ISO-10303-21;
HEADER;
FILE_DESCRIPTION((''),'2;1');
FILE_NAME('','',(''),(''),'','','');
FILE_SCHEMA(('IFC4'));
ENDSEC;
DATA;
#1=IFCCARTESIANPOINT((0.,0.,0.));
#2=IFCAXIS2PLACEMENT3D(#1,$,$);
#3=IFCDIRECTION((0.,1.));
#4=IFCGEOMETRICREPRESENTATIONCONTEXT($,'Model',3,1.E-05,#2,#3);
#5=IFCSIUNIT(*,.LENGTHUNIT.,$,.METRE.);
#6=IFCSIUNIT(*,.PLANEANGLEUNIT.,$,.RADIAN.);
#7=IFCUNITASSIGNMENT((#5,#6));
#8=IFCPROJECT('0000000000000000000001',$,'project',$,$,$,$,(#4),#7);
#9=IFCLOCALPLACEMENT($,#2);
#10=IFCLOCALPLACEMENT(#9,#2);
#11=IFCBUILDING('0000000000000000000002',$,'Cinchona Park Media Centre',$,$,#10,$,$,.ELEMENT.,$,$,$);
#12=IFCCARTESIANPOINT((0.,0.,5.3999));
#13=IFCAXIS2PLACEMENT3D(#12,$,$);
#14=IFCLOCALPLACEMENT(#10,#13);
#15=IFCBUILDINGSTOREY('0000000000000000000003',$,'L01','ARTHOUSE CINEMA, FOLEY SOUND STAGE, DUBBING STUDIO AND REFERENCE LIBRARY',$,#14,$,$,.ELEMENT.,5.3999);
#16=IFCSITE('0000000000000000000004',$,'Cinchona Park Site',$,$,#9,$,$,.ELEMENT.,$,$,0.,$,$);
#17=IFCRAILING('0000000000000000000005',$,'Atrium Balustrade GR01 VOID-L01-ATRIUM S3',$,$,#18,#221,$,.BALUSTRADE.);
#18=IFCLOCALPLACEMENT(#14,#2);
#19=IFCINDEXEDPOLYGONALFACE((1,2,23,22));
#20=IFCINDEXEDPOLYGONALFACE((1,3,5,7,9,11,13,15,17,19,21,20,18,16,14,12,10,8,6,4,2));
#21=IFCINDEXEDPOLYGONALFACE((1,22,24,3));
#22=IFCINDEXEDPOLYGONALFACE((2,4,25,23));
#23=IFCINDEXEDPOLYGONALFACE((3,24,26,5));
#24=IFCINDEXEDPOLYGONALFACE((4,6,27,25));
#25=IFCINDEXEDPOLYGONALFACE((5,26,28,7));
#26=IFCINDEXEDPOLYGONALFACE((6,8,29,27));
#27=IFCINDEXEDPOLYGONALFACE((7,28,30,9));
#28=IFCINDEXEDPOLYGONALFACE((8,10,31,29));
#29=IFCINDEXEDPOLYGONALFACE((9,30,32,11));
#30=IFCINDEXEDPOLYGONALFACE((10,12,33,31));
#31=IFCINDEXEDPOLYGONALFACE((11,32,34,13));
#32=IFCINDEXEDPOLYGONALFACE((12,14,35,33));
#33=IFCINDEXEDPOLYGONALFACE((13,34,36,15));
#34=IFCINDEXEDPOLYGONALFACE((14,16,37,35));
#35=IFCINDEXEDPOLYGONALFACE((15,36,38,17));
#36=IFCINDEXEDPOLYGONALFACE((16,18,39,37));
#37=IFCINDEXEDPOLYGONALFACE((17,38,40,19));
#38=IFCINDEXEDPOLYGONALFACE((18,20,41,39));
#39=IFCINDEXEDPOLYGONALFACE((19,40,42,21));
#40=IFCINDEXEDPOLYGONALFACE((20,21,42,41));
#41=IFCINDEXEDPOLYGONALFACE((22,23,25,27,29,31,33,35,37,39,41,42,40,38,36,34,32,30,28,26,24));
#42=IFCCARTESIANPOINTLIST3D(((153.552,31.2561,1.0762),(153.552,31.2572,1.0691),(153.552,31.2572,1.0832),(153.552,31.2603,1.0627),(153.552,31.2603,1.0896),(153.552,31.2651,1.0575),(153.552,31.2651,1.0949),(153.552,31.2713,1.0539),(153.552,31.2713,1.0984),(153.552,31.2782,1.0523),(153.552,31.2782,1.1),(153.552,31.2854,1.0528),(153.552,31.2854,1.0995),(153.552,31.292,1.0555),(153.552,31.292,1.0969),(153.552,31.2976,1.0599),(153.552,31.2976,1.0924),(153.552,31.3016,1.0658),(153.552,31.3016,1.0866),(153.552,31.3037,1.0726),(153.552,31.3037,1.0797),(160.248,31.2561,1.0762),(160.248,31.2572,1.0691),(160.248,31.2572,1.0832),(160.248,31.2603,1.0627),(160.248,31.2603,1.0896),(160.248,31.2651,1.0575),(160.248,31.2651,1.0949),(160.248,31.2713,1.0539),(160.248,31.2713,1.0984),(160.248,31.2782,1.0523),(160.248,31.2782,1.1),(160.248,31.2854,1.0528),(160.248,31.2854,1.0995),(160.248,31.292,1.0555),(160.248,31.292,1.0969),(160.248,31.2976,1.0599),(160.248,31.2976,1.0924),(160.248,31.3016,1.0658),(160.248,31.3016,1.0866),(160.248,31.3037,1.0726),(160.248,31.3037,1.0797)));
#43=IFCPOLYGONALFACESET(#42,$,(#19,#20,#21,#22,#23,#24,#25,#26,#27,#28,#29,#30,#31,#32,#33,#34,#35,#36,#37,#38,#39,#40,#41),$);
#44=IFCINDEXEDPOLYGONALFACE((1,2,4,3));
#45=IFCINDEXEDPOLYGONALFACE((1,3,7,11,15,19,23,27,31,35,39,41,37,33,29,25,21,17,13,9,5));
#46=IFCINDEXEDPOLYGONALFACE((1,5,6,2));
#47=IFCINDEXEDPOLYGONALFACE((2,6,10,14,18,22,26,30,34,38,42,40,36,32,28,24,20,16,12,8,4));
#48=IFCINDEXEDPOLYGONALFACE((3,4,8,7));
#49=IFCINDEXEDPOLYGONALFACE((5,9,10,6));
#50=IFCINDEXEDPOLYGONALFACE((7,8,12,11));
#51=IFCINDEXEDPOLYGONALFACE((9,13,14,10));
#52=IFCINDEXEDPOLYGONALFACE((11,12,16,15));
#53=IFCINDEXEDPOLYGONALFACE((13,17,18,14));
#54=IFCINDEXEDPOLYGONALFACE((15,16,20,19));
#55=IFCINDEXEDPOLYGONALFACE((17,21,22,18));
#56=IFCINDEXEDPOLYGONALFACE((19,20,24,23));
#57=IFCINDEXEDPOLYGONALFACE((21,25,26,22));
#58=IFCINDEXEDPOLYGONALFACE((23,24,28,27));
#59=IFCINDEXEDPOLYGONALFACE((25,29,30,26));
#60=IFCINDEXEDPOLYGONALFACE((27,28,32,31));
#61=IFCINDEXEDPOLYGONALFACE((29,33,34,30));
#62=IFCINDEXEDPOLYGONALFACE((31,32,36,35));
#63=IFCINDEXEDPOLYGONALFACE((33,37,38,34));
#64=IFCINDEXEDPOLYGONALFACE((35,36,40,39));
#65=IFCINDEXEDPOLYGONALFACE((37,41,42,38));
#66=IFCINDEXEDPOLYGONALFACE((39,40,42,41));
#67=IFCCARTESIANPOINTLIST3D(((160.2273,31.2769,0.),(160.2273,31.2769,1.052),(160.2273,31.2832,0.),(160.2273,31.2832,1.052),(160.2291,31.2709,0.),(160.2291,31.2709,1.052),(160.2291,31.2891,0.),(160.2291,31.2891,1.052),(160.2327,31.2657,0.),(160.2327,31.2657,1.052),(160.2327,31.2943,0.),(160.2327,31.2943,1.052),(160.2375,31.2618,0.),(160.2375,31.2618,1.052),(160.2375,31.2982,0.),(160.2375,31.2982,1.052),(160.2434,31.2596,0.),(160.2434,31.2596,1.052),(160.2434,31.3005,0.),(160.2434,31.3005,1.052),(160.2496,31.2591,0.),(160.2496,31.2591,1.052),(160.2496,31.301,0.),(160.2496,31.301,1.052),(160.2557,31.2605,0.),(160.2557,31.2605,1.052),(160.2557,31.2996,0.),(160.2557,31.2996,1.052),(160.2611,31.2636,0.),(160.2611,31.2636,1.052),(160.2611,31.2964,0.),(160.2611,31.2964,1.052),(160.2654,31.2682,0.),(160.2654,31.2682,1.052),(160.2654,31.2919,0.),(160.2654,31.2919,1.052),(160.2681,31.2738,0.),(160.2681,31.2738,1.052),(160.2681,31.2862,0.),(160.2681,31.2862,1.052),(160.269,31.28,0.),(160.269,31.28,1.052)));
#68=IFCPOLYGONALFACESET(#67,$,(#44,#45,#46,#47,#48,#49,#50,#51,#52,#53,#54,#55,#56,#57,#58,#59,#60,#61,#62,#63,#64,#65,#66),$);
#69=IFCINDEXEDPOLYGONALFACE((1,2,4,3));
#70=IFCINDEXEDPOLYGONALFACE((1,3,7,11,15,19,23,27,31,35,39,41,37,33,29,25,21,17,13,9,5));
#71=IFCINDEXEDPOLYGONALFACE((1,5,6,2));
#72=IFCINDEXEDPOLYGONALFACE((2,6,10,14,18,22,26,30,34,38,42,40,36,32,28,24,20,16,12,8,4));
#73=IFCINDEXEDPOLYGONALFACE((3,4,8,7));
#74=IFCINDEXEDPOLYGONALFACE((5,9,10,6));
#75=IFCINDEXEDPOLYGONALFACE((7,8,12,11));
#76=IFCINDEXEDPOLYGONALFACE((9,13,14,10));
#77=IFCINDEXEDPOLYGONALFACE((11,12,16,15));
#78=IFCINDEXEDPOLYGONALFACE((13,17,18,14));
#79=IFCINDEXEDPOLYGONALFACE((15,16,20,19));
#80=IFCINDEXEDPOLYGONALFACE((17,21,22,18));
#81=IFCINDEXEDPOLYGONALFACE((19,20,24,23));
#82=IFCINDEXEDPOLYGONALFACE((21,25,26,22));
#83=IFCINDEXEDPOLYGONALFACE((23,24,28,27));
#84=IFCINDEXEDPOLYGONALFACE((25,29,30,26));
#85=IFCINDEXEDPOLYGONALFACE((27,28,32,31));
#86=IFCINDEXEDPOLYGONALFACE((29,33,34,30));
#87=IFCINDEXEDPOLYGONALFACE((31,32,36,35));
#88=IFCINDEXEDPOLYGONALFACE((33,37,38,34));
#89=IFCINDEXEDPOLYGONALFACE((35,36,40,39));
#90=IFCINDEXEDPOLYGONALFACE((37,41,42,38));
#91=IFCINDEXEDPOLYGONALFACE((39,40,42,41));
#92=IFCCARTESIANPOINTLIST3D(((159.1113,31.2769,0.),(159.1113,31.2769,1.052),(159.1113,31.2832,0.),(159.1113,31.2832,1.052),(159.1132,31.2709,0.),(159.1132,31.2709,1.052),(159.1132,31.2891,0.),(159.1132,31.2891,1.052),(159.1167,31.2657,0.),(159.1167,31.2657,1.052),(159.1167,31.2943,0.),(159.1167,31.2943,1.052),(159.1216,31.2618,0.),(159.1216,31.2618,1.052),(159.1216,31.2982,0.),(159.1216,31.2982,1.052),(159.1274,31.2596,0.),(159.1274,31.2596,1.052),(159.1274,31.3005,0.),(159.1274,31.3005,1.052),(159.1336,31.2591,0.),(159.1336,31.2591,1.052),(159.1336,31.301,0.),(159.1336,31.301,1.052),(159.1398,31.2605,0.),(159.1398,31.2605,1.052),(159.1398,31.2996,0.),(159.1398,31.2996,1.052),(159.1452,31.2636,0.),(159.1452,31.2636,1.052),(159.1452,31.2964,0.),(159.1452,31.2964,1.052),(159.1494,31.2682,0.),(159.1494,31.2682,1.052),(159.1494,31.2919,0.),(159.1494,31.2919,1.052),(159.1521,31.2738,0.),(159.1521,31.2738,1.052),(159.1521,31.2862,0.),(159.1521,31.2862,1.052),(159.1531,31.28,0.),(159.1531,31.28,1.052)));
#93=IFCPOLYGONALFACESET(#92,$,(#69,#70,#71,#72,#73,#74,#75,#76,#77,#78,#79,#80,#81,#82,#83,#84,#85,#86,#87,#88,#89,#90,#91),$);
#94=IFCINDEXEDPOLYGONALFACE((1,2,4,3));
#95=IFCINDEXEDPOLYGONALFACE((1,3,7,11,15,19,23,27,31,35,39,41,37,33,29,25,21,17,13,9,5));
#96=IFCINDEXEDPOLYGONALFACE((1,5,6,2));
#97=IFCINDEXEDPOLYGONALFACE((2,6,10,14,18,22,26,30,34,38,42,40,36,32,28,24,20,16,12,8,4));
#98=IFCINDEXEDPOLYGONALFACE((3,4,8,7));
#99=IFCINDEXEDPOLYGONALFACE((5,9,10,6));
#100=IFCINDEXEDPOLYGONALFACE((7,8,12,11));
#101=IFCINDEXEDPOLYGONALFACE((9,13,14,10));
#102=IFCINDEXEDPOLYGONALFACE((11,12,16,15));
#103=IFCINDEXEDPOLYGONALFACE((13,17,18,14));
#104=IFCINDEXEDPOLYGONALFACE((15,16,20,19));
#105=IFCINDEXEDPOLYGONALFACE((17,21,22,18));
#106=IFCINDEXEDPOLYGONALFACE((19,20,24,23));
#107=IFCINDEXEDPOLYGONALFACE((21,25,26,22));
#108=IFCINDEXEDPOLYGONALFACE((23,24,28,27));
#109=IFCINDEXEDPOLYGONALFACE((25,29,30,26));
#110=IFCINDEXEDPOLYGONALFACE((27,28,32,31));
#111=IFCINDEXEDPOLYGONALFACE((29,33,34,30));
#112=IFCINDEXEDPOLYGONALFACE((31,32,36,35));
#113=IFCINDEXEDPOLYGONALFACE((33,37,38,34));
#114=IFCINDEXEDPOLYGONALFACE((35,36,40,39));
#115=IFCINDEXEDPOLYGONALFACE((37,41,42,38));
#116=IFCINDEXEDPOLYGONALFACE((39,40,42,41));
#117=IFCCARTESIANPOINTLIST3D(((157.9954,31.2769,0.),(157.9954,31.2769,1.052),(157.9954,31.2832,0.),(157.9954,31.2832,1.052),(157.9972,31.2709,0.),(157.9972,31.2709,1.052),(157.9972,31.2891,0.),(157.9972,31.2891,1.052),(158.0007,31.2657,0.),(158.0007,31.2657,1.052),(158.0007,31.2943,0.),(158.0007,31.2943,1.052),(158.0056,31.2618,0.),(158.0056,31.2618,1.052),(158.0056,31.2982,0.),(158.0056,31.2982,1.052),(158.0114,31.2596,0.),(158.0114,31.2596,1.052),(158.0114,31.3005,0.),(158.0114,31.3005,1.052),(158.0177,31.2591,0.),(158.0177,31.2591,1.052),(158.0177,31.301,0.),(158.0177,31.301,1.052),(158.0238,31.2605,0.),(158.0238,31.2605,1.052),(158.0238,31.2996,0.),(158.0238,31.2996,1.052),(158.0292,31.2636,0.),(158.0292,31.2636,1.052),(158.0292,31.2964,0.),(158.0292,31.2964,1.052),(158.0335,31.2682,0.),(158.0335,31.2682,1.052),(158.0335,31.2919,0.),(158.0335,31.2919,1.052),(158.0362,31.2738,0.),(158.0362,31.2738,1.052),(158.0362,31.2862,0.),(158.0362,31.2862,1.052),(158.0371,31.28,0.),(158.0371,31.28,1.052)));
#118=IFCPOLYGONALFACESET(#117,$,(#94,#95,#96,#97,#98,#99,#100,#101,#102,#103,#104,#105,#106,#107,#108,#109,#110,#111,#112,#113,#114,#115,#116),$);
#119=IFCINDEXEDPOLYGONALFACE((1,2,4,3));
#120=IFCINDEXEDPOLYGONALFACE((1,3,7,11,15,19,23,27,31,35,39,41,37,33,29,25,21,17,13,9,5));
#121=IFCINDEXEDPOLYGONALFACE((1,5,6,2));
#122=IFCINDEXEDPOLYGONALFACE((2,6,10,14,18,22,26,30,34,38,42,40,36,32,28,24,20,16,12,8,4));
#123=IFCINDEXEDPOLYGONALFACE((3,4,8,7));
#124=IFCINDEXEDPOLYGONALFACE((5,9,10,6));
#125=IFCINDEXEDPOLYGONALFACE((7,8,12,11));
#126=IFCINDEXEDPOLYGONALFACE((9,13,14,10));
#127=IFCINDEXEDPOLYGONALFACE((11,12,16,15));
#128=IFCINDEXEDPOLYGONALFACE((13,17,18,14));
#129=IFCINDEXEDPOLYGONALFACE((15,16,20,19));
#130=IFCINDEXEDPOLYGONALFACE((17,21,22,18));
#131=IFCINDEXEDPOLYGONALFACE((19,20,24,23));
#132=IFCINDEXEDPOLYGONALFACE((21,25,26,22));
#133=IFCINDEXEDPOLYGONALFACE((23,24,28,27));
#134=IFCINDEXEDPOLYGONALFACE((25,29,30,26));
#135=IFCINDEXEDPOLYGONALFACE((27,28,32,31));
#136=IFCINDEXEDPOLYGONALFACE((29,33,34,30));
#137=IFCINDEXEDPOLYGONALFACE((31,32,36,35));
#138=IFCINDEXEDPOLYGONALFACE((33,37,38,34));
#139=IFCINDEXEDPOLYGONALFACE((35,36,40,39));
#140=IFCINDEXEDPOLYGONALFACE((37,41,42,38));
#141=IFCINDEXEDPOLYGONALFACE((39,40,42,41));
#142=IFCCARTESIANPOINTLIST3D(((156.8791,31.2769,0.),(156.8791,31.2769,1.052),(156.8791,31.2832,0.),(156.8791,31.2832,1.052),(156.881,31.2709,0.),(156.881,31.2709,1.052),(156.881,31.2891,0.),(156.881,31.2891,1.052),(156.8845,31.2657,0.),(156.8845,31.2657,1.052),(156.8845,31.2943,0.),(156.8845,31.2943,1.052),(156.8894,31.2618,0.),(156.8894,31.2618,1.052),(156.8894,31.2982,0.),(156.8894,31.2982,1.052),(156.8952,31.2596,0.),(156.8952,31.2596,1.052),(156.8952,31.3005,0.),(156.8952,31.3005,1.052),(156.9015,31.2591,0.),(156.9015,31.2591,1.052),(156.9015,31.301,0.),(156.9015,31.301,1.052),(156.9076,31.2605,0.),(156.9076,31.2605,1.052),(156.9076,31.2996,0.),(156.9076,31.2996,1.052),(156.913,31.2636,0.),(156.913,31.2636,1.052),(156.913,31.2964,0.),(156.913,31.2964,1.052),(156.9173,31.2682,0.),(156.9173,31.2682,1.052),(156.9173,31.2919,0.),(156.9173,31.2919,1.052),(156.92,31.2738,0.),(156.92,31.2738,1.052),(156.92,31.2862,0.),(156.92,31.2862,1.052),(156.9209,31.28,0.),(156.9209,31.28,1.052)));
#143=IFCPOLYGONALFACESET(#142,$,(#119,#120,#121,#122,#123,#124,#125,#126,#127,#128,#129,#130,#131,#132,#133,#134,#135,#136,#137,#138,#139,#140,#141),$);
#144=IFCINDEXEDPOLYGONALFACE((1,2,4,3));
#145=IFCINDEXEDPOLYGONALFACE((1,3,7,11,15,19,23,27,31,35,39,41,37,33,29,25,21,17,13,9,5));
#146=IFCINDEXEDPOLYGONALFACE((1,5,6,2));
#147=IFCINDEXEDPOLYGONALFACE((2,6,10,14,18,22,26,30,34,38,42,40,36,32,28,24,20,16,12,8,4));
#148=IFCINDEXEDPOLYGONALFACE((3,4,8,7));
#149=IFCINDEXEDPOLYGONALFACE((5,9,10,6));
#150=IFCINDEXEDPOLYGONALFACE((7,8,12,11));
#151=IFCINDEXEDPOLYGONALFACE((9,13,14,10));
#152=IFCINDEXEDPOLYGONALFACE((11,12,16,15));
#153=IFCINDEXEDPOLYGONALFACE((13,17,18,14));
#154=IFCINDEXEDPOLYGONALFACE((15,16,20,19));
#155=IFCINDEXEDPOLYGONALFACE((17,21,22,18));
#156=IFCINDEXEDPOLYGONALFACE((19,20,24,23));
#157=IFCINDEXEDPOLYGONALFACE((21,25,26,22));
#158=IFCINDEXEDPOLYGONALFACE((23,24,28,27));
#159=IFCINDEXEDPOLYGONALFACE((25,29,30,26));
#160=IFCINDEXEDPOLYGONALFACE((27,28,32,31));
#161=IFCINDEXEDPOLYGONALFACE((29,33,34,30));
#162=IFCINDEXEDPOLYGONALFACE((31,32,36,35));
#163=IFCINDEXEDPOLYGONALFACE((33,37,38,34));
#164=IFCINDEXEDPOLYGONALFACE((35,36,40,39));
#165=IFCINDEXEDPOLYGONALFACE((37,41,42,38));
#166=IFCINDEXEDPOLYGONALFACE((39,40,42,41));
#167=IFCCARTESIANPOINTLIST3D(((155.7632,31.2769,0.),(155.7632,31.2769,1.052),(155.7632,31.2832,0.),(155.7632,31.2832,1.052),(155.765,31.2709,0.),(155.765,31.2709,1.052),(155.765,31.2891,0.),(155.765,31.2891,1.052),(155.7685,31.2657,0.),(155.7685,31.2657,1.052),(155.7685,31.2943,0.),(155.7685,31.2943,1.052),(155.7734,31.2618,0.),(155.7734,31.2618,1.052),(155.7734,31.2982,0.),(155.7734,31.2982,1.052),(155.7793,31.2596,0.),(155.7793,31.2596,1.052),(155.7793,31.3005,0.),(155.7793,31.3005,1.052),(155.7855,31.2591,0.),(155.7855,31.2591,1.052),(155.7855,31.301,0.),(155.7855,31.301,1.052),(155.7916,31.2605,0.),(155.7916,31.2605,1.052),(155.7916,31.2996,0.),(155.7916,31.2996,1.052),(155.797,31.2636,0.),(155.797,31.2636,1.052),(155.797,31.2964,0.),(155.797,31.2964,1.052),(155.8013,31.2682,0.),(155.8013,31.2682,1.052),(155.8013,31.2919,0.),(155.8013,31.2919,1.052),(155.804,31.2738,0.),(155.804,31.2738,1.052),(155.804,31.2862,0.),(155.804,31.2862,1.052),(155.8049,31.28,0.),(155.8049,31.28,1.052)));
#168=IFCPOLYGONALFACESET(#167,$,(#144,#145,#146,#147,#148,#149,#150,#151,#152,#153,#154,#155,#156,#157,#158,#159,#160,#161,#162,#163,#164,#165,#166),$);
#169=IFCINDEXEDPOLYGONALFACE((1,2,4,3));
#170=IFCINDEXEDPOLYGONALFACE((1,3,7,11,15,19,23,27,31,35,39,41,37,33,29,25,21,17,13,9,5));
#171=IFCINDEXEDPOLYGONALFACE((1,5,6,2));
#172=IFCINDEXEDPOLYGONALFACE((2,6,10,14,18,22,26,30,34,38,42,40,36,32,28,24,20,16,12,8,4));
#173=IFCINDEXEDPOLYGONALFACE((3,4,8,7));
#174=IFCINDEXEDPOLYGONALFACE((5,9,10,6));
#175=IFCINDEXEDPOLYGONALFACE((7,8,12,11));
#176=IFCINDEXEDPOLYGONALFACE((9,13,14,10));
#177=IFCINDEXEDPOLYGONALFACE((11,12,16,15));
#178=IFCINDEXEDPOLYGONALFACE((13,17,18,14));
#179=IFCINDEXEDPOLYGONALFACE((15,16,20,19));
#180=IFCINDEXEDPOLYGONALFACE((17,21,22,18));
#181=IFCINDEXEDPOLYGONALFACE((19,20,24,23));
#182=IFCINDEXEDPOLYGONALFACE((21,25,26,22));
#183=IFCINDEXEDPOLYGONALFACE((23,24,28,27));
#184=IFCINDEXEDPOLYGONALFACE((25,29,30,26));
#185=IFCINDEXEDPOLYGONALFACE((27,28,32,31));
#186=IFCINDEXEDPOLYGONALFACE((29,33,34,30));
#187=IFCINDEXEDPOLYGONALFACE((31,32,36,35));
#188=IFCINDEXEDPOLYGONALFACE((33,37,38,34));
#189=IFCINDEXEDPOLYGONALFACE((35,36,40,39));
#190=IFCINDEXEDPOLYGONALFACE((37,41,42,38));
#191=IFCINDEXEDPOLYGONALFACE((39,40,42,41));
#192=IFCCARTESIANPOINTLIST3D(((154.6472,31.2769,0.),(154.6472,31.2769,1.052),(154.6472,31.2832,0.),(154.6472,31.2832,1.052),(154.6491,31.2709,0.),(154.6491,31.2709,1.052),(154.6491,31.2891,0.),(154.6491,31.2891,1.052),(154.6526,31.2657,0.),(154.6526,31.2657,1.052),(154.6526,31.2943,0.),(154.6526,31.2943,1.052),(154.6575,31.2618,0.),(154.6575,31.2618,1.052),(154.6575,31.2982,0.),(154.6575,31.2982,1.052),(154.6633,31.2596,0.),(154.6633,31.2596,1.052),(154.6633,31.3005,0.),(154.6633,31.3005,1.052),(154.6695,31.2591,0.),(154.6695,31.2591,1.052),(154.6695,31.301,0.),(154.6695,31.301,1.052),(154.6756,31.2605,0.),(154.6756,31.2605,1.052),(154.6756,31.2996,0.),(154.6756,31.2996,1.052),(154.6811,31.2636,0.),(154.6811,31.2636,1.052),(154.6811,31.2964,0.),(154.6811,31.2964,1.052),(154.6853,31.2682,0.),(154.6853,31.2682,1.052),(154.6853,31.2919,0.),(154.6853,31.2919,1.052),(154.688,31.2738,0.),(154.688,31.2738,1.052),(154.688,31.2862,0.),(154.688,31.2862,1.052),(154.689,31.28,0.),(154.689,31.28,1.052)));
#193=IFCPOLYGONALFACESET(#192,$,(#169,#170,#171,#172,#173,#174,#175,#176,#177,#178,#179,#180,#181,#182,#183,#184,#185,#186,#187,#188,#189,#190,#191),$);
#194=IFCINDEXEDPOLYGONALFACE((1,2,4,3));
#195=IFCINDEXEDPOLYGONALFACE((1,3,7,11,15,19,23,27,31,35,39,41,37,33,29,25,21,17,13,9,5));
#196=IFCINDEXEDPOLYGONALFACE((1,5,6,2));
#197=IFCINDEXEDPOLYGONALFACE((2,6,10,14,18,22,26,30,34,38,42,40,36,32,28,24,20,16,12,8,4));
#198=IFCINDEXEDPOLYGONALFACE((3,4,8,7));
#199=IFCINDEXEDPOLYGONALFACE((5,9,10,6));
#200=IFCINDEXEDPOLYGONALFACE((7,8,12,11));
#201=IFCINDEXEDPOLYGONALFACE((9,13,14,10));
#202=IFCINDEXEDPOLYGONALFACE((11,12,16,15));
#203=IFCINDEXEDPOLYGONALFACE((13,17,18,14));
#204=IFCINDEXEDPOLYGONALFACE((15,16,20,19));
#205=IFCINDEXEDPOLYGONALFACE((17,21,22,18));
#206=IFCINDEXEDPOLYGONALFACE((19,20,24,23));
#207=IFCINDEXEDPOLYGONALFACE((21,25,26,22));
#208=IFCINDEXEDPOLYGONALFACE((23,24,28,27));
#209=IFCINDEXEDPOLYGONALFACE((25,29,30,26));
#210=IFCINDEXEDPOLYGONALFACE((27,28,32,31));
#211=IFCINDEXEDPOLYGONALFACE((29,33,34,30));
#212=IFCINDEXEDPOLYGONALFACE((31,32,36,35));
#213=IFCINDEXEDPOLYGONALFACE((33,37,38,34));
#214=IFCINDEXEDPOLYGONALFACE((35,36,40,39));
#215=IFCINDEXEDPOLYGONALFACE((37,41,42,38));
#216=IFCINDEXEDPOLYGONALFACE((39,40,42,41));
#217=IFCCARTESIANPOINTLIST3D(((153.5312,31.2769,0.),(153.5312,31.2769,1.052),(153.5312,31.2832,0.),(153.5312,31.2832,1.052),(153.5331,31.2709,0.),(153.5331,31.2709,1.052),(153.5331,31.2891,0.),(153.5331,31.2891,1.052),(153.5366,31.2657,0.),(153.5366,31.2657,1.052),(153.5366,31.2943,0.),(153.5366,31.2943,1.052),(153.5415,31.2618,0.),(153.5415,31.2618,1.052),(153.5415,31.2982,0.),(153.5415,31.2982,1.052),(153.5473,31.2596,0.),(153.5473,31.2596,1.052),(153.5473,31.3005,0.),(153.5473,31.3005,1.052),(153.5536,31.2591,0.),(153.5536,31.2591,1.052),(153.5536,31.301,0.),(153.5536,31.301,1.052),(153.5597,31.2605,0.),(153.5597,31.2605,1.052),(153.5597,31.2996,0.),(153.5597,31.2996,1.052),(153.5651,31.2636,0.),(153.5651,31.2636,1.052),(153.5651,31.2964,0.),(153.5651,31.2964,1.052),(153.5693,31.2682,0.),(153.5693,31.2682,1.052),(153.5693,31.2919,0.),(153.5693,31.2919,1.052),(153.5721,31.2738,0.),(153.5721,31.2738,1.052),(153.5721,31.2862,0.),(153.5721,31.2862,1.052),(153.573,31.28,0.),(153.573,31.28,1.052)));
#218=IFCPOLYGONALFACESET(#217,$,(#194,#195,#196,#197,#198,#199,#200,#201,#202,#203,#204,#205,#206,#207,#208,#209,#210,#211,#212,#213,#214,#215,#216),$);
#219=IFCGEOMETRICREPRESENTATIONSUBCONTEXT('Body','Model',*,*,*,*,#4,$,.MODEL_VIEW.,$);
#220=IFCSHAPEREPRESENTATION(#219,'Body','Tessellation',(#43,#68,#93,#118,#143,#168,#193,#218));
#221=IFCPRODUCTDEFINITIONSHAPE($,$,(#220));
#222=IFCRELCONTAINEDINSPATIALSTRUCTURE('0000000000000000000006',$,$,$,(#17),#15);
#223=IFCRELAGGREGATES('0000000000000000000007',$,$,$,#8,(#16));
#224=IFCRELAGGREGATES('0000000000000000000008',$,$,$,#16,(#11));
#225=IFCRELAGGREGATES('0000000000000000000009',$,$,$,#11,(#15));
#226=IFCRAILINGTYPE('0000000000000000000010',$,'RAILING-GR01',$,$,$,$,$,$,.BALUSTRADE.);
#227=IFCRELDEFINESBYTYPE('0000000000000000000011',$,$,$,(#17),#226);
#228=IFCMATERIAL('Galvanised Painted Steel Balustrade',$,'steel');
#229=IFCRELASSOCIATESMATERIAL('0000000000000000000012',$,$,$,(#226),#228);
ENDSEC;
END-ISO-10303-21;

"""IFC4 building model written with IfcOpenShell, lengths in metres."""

from ifc_helpers import new_model, si_unit, direction, frame, origin, origin_2d, place, context, subcontext, project, spatial, circle, extrude, material, type_object, element, save


model = new_model("IFC4")

# Units and contexts
model_context = context("Model", 3, precision=1e-05, world=origin(), true_north=direction((0.0, 1.0)))
body_context = subcontext(model_context, "Body", "Model", "MODEL_VIEW")
ifc_project = project(units=[si_unit("LENGTHUNIT", "METRE"), si_unit("PLANEANGLEUNIT", "RADIAN")], contexts=[model_context])

# Site, building, storey
site_placement = place(None, origin())
site = spatial("IfcSite", under=ifc_project, at=site_placement, Name="Cinchona Park Site", CompositionType="ELEMENT", RefElevation=0.0)
building_placement = place(site_placement, origin())
building = spatial("IfcBuilding", under=site, at=building_placement, Name="Cinchona Park Media Centre", CompositionType="ELEMENT")
storey_placement = place(building_placement, frame((0.0, 0.0, 5.3999)))
storey = spatial("IfcBuildingStorey", under=building, at=storey_placement, Name="L01", Description="ARTHOUSE CINEMA, FOLEY SOUND STAGE, DUBBING STUDIO AND REFERENCE LIBRARY", CompositionType="ELEMENT", Elevation=5.3999)

# Railing
ifc_material_1 = material(Name="Galvanised Painted Steel Balustrade", Category="steel")
railing_type = type_object("IfcRailingType", Name="RAILING-GR01", PredefinedType="BALUSTRADE", material=ifc_material_1)
railing_1_placement = place(storey_placement, frame((160.248, 31.28, 0.0)))
element("IfcRailing", 1, at=railing_1_placement, inside=storey, type_object=railing_type, Name="Atrium Balustrade GR01 VOID-L01-ATRIUM S3", PredefinedType="BALUSTRADE", context=body_context, shape_type="SweptSolid", body=[
    extrude(circle(Radius=0.0239, at=origin_2d()), frame((0.0, 0.0, 1.0762), z_axis=(-1.0, 0.0, 0.0), x_axis=(0.0, -1.0, 0.0)), (0.0, 0.0, 1.0), 6.696),
    extrude(circle(Radius=0.021, at=origin_2d()), origin(), (0.0, 0.0, 1.0), 1.052),
    extrude(circle(Radius=0.021, at=origin_2d()), frame((-1.116, 0.0, 0.0)), (0.0, 0.0, 1.0), 1.052),
    extrude(circle(Radius=0.021, at=origin_2d()), frame((-2.2319, 0.0, 0.0)), (0.0, 0.0, 1.0), 1.052),
    extrude(circle(Radius=0.021, at=origin_2d()), frame((-3.3481, 0.0, 0.0)), (0.0, 0.0, 1.0), 1.052),
    extrude(circle(Radius=0.021, at=origin_2d()), frame((-4.4641, 0.0, 0.0)), (0.0, 0.0, 1.0), 1.052),
    extrude(circle(Radius=0.021, at=origin_2d()), frame((-5.5801, 0.0, 0.0)), (0.0, 0.0, 1.0), 1.052),
    extrude(circle(Radius=0.021, at=origin_2d()), frame((-6.696, 0.0, 0.0)), (0.0, 0.0, 1.0), 1.052),
])

save(model, "model.ifc")
